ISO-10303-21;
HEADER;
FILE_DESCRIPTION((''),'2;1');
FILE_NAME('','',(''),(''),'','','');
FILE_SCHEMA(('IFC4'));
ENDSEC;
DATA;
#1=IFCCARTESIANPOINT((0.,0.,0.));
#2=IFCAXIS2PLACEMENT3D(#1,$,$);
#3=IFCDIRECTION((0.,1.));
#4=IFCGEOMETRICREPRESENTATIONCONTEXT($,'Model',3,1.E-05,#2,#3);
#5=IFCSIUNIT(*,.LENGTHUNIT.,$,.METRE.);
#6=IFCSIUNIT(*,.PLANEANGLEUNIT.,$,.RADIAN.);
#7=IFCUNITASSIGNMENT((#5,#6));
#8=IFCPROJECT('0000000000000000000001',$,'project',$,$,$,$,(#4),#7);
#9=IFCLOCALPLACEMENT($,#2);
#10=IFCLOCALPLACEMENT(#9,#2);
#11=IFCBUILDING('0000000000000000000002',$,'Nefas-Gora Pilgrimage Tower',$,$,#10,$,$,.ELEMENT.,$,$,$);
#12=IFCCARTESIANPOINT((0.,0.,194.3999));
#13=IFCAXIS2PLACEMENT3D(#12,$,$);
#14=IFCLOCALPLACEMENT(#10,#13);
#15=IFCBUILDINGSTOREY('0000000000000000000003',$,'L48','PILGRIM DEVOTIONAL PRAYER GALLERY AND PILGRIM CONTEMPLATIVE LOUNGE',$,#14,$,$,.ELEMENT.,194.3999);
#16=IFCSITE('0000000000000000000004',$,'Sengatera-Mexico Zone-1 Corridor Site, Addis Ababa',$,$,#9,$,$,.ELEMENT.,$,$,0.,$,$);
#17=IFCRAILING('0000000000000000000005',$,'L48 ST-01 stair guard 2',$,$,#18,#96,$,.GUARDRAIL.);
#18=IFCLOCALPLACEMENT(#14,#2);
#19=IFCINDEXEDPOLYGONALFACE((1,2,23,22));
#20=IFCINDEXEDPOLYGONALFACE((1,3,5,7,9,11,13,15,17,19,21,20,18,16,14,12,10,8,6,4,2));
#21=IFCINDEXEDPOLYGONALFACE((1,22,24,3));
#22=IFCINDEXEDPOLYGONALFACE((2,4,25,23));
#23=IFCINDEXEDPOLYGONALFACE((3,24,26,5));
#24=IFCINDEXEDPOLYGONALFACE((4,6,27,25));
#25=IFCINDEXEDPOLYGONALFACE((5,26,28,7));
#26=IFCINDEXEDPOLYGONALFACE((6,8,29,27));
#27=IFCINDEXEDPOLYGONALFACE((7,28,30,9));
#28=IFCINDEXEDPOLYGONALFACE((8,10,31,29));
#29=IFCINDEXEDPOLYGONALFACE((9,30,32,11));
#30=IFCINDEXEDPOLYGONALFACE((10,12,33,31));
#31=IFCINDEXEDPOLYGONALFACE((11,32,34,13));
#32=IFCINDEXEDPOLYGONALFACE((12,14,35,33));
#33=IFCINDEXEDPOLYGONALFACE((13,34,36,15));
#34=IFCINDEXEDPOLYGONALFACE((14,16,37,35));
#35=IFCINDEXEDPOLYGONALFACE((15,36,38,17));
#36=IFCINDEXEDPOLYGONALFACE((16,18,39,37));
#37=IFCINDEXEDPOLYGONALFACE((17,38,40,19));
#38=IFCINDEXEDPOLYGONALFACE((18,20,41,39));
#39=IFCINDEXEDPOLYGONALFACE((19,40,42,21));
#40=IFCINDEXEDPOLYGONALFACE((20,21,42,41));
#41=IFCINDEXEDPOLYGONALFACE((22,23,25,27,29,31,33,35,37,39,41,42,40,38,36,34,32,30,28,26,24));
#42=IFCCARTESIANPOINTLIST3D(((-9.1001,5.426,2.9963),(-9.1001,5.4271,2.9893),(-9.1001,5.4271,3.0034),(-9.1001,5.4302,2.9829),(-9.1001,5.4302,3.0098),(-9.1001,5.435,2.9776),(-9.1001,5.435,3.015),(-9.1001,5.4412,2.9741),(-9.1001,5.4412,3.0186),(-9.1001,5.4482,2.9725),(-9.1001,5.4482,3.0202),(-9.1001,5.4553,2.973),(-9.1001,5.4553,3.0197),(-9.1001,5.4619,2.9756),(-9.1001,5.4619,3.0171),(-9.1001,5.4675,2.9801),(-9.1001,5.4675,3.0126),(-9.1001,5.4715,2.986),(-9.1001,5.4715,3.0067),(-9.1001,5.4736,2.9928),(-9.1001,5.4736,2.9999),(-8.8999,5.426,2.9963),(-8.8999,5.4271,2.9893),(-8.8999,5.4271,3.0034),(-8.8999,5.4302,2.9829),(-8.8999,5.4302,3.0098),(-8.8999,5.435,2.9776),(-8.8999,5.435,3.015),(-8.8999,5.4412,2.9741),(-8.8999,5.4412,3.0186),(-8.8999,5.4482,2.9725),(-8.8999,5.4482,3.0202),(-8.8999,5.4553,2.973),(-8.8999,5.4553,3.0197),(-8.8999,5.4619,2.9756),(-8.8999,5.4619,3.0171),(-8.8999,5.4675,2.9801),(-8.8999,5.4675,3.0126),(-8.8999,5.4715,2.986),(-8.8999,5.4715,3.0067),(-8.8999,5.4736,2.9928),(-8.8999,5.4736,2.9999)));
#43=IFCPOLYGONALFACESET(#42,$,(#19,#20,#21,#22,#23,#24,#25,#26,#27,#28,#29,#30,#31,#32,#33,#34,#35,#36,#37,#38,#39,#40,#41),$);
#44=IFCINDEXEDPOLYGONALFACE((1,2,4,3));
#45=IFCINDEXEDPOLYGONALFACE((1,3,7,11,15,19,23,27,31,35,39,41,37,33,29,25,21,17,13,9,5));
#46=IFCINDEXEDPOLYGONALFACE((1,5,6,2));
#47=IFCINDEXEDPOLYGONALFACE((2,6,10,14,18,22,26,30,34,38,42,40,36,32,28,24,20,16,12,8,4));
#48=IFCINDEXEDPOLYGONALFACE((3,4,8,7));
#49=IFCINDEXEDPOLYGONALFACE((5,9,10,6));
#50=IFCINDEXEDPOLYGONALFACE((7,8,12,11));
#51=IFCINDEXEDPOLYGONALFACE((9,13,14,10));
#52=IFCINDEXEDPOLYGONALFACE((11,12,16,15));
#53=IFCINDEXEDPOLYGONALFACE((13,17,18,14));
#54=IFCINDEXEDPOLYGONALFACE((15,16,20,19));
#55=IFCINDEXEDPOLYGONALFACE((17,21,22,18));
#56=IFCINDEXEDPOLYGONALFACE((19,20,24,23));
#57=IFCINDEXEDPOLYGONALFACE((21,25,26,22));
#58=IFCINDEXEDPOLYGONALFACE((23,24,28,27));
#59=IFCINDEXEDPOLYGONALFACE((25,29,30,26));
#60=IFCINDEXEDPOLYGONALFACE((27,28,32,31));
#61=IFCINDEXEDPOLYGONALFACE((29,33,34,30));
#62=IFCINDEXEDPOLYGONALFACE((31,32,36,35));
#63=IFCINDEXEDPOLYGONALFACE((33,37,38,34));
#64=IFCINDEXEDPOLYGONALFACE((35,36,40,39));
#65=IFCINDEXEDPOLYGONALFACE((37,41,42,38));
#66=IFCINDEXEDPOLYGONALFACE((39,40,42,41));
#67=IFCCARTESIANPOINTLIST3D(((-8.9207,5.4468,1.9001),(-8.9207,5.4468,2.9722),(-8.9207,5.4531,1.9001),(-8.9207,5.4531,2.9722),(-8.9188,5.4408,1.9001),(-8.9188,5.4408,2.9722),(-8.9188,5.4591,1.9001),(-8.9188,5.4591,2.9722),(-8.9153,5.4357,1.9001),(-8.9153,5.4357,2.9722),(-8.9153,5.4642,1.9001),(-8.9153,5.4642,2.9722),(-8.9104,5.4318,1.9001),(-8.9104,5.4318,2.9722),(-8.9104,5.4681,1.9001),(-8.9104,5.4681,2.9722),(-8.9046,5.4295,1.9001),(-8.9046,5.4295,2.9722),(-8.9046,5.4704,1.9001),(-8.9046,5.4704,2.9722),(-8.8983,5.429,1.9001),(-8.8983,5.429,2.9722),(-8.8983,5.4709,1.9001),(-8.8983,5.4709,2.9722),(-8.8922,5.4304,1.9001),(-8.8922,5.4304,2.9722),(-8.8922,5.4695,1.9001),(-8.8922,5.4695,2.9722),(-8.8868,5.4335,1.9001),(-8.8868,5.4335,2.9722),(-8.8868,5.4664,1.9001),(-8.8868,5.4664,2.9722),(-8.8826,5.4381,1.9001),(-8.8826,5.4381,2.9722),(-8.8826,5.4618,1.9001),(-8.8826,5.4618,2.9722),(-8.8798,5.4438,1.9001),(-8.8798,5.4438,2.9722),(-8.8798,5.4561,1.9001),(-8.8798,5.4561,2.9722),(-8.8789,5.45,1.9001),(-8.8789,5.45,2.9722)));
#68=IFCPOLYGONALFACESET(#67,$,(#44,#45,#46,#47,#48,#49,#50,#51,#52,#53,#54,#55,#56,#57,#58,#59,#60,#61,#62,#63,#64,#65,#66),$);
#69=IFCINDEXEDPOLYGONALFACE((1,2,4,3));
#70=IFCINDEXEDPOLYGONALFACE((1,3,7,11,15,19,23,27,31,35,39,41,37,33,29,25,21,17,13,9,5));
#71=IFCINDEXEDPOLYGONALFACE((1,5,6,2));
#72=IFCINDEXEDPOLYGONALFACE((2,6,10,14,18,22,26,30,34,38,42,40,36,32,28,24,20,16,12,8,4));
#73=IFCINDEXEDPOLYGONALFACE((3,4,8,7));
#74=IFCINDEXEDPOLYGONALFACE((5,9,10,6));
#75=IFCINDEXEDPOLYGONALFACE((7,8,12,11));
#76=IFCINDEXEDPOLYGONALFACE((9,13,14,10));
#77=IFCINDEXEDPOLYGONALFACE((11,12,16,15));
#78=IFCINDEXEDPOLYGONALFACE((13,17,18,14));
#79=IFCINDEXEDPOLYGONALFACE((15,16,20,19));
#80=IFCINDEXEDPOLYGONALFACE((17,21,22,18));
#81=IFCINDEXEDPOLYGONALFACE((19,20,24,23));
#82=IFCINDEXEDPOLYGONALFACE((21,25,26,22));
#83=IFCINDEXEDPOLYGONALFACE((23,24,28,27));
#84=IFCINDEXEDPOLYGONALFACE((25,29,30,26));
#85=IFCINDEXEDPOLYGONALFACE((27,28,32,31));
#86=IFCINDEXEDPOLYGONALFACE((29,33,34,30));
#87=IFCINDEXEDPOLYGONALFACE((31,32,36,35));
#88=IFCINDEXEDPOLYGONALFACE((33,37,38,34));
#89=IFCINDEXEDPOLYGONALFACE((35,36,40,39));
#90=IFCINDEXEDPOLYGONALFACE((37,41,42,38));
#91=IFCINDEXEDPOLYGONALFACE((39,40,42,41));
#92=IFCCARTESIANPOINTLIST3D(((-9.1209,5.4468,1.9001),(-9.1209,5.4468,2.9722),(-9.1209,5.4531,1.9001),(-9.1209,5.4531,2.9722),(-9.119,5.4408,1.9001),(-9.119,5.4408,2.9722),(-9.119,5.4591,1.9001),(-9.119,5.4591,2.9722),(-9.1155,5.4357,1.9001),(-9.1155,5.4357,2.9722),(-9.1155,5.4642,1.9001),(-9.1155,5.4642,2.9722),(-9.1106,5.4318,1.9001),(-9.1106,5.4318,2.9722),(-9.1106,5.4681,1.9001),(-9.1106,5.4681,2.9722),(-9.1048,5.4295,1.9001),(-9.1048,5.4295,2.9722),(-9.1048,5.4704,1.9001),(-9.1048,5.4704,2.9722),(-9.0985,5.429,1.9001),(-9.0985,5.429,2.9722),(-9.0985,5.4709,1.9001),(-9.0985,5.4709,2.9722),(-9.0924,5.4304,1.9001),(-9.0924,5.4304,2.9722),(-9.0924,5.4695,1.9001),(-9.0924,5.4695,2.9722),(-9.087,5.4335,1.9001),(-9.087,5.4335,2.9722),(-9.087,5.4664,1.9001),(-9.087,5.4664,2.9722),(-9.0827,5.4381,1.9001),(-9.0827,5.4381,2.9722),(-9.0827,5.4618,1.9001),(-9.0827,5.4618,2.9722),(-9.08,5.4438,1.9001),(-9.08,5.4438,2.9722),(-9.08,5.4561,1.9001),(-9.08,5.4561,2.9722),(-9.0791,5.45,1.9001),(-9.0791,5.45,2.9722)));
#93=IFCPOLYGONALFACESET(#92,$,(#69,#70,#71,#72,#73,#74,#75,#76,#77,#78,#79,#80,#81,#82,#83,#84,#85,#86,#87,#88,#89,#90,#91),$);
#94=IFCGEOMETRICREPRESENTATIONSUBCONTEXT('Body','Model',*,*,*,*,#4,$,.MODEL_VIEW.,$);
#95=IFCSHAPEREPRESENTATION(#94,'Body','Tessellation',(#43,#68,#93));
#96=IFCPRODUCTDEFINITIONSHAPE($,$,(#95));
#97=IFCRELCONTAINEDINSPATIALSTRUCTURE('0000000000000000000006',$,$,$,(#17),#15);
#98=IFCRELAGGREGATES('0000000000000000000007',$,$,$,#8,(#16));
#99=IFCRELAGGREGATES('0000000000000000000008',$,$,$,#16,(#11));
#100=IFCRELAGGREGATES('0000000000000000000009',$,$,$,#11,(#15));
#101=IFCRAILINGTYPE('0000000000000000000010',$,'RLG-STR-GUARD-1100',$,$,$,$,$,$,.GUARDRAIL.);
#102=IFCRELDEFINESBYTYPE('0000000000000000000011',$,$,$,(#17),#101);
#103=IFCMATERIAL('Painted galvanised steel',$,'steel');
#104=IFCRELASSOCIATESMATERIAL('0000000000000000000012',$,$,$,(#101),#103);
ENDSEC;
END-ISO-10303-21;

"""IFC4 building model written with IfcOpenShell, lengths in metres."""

from ifc_helpers import new_model, si_unit, direction, frame, origin, origin_2d, place, context, subcontext, project, spatial, circle, extrude, material, type_object, element, save


model = new_model("IFC4")

# Units and contexts
model_context = context("Model", 3, precision=1e-05, world=origin(), true_north=direction((0.0, 1.0)))
body_context = subcontext(model_context, "Body", "Model", "MODEL_VIEW")
ifc_project = project(units=[si_unit("LENGTHUNIT", "METRE"), si_unit("PLANEANGLEUNIT", "RADIAN")], contexts=[model_context])

# Site, building, storey
site_placement = place(None, origin())
site = spatial("IfcSite", under=ifc_project, at=site_placement, Name="Sengatera-Mexico Zone-1 Corridor Site, Addis Ababa", CompositionType="ELEMENT", RefElevation=0.0)
building_placement = place(site_placement, origin())
building = spatial("IfcBuilding", under=site, at=building_placement, Name="Nefas-Gora Pilgrimage Tower", CompositionType="ELEMENT")
storey_placement = place(building_placement, frame((0.0, 0.0, 194.3999)))
storey = spatial("IfcBuildingStorey", under=building, at=storey_placement, Name="L48", Description="PILGRIM DEVOTIONAL PRAYER GALLERY AND PILGRIM CONTEMPLATIVE LOUNGE", CompositionType="ELEMENT", Elevation=194.3999)

# Railing
ifc_material_1 = material(Name="Painted galvanised steel", Category="steel")
railing_type_1 = type_object("IfcRailingType", Name="RLG-STR-GUARD-1100", PredefinedType="GUARDRAIL", material=ifc_material_1)
railing_1_placement = place(storey_placement, frame((-8.8999, 5.45, 1.9001)))
element("IfcRailing", 1, at=railing_1_placement, inside=storey, type_object=railing_type_1, Name="L48 ST-01 stair guard 2", PredefinedType="GUARDRAIL", context=body_context, shape_type="SweptSolid", body=[
    extrude(circle(Radius=0.0239, at=origin_2d()), frame((0.0, 0.0, 1.0962), z_axis=(-1.0, 0.0, 0.0), x_axis=(0.0, -1.0, 0.0)), (0.0, 0.0, 1.0), 0.2002),
    extrude(circle(Radius=0.021, at=origin_2d()), origin(), (0.0, 0.0, 1.0), 1.072),
    extrude(circle(Radius=0.021, at=origin_2d()), frame((-0.2002, 0.0, 0.0)), (0.0, 0.0, 1.0), 1.072),
])

save(model, "model.ifc")
